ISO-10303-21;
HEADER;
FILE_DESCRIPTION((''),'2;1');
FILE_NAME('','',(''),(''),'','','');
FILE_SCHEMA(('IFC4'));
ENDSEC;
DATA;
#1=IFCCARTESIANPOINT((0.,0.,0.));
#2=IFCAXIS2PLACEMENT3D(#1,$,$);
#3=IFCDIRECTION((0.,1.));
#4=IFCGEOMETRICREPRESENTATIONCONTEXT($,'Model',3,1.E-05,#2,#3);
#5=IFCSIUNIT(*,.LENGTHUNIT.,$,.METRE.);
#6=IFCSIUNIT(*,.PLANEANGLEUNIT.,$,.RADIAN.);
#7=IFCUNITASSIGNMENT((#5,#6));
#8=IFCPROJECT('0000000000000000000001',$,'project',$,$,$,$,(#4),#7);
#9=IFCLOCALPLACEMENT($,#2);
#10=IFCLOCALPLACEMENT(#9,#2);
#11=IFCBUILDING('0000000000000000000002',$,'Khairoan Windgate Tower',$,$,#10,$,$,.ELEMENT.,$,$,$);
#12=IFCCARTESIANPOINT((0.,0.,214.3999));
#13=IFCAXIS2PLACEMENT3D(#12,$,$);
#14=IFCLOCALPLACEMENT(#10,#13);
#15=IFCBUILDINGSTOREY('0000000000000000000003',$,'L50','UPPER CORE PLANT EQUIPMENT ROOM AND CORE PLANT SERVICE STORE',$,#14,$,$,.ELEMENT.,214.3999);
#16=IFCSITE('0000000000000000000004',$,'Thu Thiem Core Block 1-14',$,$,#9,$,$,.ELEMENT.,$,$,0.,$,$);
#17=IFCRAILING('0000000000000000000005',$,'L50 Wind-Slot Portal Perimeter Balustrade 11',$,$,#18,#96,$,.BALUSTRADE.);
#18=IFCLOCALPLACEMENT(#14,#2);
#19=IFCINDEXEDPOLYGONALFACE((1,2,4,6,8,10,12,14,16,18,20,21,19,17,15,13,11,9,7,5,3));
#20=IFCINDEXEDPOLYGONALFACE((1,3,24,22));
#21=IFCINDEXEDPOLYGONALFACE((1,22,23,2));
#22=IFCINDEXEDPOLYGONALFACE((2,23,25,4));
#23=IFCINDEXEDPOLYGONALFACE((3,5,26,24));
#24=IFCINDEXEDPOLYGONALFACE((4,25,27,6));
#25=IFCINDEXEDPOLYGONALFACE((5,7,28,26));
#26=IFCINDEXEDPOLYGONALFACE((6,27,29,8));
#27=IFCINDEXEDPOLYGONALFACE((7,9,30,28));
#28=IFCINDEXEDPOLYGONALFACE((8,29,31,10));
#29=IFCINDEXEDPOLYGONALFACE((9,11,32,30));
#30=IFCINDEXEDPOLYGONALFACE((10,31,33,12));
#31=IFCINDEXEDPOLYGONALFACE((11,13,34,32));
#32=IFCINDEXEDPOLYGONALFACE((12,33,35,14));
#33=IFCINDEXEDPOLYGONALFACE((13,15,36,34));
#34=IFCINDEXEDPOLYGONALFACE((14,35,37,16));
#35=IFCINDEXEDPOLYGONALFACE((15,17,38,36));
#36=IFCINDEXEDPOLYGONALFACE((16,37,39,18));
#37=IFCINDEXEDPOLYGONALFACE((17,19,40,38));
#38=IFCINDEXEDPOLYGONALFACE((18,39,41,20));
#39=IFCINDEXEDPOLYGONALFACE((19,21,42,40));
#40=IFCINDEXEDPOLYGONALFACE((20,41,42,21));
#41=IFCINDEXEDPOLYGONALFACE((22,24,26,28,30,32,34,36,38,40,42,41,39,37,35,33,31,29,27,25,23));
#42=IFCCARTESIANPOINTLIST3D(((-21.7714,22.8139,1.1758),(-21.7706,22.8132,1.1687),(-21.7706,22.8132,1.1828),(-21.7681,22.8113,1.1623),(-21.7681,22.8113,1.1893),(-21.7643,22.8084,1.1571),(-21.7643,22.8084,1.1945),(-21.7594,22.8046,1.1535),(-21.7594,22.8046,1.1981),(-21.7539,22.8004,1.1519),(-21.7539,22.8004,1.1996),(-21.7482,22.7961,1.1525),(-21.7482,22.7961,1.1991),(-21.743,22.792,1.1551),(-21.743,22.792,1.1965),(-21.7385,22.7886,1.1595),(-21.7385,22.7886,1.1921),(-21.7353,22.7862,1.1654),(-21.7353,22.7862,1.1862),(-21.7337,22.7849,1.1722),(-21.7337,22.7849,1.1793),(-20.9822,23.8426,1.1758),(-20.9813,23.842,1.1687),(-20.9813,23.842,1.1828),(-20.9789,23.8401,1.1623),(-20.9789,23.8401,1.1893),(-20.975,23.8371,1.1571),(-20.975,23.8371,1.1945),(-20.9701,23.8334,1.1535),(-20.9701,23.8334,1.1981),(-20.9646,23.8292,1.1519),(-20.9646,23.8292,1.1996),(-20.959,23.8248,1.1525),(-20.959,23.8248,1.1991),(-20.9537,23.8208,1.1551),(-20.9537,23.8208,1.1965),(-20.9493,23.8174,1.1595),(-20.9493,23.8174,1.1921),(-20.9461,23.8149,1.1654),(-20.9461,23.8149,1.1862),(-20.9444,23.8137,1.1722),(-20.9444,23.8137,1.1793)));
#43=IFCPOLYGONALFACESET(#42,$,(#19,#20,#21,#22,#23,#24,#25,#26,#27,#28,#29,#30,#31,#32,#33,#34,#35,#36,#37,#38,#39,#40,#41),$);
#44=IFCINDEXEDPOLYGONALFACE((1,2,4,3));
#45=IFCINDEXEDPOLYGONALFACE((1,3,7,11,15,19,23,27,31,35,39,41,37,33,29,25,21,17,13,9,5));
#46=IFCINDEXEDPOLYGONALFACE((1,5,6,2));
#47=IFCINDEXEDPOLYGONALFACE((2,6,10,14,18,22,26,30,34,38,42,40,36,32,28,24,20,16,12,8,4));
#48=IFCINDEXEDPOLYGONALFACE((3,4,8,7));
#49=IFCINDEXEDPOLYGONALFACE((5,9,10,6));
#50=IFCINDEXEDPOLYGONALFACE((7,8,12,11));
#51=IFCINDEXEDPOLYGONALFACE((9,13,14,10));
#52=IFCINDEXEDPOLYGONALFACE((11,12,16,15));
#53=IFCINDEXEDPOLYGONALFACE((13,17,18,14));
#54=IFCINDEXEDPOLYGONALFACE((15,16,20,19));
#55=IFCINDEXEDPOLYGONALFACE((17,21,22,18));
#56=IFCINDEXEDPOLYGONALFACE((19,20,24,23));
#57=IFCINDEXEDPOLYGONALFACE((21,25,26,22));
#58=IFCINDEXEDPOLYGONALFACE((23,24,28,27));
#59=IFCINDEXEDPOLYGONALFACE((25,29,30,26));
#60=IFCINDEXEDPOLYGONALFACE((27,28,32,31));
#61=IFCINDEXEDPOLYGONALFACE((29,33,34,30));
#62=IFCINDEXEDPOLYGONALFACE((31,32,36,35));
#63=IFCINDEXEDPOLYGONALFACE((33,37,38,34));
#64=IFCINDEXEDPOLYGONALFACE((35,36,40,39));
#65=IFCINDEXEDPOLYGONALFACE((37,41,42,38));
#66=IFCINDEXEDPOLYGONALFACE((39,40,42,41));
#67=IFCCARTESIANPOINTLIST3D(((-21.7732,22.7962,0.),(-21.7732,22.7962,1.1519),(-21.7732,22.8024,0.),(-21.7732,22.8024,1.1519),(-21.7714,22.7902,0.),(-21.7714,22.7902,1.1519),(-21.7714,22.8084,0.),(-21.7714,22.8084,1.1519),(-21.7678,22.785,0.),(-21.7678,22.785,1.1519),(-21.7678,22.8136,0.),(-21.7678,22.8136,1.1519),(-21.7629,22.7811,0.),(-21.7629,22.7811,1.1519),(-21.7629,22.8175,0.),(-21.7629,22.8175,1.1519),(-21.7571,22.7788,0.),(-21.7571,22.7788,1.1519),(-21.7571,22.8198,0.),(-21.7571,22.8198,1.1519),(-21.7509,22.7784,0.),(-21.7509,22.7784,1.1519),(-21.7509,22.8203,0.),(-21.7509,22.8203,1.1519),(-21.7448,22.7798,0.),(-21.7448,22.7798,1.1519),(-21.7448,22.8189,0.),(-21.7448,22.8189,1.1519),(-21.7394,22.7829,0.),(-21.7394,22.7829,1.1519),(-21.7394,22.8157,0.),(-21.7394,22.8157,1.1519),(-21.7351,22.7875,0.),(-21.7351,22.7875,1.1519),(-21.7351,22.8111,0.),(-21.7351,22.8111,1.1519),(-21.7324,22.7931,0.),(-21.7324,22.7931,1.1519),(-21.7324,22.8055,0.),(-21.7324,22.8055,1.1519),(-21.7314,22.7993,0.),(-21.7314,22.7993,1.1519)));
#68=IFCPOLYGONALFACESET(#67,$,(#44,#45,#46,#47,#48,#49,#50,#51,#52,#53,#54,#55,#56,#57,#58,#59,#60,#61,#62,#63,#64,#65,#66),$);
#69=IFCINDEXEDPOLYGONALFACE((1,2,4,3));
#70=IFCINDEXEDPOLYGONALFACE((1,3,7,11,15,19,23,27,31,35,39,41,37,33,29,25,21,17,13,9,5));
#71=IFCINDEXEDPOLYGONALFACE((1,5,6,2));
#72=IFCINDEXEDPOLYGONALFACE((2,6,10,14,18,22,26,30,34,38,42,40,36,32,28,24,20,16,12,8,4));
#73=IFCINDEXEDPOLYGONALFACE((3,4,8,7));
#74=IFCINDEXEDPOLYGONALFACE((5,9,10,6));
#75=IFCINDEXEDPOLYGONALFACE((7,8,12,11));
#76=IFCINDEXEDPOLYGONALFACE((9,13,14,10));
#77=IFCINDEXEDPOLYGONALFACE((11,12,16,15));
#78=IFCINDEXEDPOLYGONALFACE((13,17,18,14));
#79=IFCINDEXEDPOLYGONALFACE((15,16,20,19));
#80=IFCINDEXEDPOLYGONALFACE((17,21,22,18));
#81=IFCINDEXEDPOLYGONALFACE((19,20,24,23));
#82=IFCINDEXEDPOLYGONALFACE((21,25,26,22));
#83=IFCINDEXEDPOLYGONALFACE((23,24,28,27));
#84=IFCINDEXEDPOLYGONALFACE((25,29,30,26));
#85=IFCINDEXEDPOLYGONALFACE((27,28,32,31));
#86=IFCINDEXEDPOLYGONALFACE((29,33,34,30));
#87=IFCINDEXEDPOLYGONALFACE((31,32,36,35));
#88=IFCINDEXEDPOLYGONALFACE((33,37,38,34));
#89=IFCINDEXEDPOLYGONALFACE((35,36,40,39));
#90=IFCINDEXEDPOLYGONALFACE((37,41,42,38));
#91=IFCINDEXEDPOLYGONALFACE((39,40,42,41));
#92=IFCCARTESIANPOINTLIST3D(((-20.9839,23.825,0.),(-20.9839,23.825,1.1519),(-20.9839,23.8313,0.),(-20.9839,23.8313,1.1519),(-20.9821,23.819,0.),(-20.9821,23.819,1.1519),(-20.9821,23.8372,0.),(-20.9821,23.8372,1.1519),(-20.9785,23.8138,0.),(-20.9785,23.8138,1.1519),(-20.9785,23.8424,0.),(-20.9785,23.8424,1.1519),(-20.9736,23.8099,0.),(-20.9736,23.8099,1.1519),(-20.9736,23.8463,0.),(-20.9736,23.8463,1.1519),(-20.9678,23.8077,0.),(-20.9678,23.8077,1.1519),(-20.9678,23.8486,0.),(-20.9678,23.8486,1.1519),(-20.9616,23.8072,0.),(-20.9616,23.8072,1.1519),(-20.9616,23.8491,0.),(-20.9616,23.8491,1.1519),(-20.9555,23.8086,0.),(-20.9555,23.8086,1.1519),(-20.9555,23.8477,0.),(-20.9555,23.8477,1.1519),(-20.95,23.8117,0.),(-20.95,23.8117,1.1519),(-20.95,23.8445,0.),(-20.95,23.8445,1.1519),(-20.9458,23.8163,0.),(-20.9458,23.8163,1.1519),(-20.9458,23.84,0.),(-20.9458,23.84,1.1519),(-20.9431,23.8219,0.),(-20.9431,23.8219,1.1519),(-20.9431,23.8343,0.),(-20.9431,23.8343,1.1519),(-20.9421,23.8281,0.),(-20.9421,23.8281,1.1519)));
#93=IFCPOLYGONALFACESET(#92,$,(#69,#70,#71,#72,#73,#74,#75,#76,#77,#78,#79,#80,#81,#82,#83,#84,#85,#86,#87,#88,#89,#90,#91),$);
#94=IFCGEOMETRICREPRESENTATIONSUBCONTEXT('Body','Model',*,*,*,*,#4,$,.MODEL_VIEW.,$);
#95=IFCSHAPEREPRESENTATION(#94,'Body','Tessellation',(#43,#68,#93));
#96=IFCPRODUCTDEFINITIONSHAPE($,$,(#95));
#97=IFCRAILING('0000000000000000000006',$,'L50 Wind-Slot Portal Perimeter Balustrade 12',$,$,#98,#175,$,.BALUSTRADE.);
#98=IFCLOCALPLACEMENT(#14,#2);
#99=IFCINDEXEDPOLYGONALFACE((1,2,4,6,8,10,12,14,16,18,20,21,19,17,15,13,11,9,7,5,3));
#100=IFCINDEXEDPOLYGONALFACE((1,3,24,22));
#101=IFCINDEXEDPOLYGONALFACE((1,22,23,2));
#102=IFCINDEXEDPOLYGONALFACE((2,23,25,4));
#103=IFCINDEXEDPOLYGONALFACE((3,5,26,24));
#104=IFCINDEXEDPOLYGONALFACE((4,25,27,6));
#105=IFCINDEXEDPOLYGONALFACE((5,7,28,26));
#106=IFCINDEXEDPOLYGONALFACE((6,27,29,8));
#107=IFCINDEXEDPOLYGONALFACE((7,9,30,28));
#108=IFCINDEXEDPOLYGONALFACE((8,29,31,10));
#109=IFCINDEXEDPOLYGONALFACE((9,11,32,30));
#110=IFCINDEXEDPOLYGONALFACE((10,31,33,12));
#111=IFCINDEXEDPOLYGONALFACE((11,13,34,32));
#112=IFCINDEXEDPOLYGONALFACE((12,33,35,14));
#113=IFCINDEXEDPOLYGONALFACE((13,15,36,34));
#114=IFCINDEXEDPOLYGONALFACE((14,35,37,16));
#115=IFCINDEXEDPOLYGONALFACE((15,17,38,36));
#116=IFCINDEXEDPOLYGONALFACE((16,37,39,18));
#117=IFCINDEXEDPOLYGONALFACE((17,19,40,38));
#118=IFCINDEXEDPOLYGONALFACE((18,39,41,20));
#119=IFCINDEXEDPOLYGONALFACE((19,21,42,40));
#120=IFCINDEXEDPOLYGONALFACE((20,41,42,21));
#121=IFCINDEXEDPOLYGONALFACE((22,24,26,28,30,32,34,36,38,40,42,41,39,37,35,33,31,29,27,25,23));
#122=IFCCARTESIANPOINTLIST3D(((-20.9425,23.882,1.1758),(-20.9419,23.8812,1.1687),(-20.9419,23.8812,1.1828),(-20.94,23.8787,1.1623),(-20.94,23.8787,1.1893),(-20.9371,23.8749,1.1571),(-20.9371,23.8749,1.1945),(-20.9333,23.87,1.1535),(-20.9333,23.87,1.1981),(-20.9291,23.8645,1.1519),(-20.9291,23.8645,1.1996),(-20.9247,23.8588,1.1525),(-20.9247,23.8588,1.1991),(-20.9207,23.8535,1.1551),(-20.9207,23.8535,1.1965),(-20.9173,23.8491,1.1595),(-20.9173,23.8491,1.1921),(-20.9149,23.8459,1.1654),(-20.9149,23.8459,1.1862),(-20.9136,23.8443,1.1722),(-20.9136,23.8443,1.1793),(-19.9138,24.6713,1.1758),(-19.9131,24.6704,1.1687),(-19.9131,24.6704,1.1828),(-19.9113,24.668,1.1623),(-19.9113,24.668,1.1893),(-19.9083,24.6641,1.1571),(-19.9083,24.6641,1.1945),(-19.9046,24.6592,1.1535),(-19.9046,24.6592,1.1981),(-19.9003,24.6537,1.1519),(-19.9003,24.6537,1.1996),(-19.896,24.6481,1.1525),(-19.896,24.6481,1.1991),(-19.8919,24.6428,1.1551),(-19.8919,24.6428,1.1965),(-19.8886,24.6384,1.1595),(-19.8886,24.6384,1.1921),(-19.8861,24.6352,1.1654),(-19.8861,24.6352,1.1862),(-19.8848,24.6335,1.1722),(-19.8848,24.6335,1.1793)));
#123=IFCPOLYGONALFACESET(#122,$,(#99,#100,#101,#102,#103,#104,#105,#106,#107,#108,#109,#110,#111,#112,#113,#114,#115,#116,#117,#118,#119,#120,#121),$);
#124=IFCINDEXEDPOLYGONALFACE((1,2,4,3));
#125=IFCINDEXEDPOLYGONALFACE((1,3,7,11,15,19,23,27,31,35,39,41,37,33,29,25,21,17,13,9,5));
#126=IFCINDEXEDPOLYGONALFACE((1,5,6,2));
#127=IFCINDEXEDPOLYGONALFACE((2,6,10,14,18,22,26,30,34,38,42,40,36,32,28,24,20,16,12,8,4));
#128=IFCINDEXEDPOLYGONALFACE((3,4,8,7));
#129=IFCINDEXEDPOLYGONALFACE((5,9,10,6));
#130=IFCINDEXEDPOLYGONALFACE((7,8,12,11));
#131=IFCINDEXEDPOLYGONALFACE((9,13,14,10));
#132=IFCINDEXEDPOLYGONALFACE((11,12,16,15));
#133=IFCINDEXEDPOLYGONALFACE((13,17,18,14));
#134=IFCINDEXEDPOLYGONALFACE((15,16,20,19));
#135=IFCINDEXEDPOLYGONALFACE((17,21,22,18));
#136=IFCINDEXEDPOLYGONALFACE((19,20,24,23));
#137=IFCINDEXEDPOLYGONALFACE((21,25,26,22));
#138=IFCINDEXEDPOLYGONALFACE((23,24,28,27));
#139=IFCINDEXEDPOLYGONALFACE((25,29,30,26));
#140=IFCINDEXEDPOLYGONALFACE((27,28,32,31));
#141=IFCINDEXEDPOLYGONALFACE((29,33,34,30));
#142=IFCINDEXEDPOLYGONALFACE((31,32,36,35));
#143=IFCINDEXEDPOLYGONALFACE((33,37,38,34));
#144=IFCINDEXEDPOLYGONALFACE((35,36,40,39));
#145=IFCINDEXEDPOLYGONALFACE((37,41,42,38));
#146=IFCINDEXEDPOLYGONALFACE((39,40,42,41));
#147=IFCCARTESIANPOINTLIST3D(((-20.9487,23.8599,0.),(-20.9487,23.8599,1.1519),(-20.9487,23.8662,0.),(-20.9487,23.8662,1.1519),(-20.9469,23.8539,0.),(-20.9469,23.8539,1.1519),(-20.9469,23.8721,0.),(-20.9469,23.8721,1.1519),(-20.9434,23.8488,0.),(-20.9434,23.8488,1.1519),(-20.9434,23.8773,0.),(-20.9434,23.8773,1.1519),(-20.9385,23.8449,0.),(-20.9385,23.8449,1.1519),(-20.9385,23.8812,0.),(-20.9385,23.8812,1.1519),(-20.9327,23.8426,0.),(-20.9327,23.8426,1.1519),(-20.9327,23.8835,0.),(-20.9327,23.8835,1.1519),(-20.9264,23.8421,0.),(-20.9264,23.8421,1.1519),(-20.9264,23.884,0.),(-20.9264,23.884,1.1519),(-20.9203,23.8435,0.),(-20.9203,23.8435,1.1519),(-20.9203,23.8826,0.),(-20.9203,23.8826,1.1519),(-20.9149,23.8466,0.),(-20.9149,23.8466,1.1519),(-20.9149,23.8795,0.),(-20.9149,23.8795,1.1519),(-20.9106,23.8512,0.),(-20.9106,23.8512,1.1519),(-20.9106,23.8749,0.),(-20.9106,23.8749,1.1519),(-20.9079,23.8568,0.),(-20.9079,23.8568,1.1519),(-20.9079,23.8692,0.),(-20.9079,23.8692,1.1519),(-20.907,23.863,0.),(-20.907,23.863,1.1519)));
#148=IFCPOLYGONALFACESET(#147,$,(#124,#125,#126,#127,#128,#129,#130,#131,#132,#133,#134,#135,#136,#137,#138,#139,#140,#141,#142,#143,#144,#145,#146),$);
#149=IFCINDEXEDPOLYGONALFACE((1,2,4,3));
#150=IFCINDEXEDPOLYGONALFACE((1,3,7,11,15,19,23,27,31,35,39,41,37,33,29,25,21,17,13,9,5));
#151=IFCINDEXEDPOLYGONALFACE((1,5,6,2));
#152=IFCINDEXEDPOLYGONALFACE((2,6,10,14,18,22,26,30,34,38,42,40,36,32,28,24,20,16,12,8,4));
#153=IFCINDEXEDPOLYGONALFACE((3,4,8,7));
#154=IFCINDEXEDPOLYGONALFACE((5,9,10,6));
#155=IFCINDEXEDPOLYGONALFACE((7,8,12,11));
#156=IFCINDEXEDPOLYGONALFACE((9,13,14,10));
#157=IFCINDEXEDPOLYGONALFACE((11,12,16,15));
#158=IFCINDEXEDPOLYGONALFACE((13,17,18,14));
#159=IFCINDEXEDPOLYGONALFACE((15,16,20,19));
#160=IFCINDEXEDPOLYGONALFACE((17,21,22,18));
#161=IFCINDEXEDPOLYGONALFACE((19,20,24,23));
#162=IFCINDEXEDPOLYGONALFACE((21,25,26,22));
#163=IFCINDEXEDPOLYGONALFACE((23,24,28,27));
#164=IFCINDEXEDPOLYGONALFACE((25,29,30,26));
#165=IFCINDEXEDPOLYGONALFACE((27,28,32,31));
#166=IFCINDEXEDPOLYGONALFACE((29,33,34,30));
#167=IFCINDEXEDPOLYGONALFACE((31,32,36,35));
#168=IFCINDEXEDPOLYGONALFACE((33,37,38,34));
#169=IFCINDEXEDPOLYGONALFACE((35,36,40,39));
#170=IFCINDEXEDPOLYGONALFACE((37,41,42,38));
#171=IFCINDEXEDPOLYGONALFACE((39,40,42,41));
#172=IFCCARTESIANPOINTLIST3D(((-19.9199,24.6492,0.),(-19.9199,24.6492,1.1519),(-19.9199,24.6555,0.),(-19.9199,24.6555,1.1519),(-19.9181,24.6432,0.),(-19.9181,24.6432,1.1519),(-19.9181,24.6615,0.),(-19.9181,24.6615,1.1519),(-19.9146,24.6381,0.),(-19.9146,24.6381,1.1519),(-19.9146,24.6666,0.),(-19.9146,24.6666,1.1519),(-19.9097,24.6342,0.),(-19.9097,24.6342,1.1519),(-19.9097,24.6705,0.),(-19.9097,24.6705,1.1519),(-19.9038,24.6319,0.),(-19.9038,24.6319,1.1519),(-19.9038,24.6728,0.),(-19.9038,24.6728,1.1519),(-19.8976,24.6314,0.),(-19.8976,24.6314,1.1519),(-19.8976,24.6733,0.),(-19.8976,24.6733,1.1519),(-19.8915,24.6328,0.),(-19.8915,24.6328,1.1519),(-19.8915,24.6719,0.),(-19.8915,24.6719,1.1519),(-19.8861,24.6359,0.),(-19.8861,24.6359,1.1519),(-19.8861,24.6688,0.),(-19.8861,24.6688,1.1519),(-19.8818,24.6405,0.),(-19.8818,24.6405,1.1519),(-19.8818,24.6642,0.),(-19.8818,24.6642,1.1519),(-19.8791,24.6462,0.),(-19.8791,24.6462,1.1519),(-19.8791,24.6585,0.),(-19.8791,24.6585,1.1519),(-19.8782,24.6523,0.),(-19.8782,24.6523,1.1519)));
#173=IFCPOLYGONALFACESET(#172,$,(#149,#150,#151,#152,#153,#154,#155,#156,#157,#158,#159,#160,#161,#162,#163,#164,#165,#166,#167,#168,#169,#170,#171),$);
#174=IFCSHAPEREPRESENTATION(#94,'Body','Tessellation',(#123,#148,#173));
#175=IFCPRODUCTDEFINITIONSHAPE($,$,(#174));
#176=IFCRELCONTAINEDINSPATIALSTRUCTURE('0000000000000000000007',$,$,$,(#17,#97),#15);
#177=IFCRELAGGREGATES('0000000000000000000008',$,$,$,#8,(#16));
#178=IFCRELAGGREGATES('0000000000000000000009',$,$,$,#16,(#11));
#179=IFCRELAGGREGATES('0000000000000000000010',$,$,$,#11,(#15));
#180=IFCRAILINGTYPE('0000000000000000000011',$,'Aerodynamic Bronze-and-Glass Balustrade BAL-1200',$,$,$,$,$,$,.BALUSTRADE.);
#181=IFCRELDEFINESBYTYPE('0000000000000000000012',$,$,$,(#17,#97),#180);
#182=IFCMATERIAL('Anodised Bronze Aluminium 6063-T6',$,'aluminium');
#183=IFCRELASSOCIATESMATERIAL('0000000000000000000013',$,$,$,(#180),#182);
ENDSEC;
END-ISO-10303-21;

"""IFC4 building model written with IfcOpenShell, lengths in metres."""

from ifc_helpers import new_model, si_unit, direction, frame, origin, origin_2d, place, context, subcontext, project, spatial, circle, extrude, material, type_object, element, save


model = new_model("IFC4")

# Units and contexts
model_context = context("Model", 3, precision=1e-05, world=origin(), true_north=direction((0.0, 1.0)))
body_context = subcontext(model_context, "Body", "Model", "MODEL_VIEW")
ifc_project = project(units=[si_unit("LENGTHUNIT", "METRE"), si_unit("PLANEANGLEUNIT", "RADIAN")], contexts=[model_context])

# Site, building, storey
site_placement = place(None, origin())
site = spatial("IfcSite", under=ifc_project, at=site_placement, Name="Thu Thiem Core Block 1-14", CompositionType="ELEMENT", RefElevation=0.0)
building_placement = place(site_placement, origin())
building = spatial("IfcBuilding", under=site, at=building_placement, Name="Khairoan Windgate Tower", CompositionType="ELEMENT")
storey_placement = place(building_placement, frame((0.0, 0.0, 214.3999)))
storey = spatial("IfcBuildingStorey", under=building, at=storey_placement, Name="L50", Description="UPPER CORE PLANT EQUIPMENT ROOM AND CORE PLANT SERVICE STORE", CompositionType="ELEMENT", Elevation=214.3999)

# Railings
ifc_material_1 = material(Name="Anodised Bronze Aluminium 6063-T6", Category="aluminium")
railing_type_1 = type_object("IfcRailingType", Name="Aerodynamic Bronze-and-Glass Balustrade BAL-1200", PredefinedType="BALUSTRADE", material=ifc_material_1)
railing_1_placement = place(storey_placement, frame((-21.7524, 22.7993, 0.0)))
element("IfcRailing", 1, at=railing_1_placement, inside=storey, type_object=railing_type_1, Name="L50 Wind-Slot Portal Perimeter Balustrade 11", PredefinedType="BALUSTRADE", context=body_context, shape_type="SweptSolid", body=[
    extrude(circle(Radius=0.0239, at=origin_2d()), frame((0.0, 0.0, 1.1758), z_axis=(0.6087, 0.7934, 0.0), x_axis=(-0.7934, 0.6087, 0.0)), (0.0, 0.0, 1.0), 1.2966),
    extrude(circle(Radius=0.021, at=origin_2d()), origin(), (0.0, 0.0, 1.0), 1.1519),
    extrude(circle(Radius=0.021, at=origin_2d()), frame((0.7893, 1.0288, 0.0)), (0.0, 0.0, 1.0), 1.1519),
])
railing_2_placement = place(storey_placement, frame((-20.928, 23.863, 0.0)))
element("IfcRailing", 2, at=railing_2_placement, inside=storey, type_object=railing_type_1, Name="L50 Wind-Slot Portal Perimeter Balustrade 12", PredefinedType="BALUSTRADE", context=body_context, shape_type="SweptSolid", body=[
    extrude(circle(Radius=0.0239, at=origin_2d()), frame((0.0, 0.0, 1.1758), z_axis=(0.7934, 0.6087, 0.0), x_axis=(-0.6087, 0.7934, 0.0)), (0.0, 0.0, 1.0), 1.2966),
    extrude(circle(Radius=0.021, at=origin_2d()), origin(), (0.0, 0.0, 1.0), 1.1519),
    extrude(circle(Radius=0.021, at=origin_2d()), frame((1.0288, 0.7893, 0.0)), (0.0, 0.0, 1.0), 1.1519),
])

save(model, "model.ifc")
